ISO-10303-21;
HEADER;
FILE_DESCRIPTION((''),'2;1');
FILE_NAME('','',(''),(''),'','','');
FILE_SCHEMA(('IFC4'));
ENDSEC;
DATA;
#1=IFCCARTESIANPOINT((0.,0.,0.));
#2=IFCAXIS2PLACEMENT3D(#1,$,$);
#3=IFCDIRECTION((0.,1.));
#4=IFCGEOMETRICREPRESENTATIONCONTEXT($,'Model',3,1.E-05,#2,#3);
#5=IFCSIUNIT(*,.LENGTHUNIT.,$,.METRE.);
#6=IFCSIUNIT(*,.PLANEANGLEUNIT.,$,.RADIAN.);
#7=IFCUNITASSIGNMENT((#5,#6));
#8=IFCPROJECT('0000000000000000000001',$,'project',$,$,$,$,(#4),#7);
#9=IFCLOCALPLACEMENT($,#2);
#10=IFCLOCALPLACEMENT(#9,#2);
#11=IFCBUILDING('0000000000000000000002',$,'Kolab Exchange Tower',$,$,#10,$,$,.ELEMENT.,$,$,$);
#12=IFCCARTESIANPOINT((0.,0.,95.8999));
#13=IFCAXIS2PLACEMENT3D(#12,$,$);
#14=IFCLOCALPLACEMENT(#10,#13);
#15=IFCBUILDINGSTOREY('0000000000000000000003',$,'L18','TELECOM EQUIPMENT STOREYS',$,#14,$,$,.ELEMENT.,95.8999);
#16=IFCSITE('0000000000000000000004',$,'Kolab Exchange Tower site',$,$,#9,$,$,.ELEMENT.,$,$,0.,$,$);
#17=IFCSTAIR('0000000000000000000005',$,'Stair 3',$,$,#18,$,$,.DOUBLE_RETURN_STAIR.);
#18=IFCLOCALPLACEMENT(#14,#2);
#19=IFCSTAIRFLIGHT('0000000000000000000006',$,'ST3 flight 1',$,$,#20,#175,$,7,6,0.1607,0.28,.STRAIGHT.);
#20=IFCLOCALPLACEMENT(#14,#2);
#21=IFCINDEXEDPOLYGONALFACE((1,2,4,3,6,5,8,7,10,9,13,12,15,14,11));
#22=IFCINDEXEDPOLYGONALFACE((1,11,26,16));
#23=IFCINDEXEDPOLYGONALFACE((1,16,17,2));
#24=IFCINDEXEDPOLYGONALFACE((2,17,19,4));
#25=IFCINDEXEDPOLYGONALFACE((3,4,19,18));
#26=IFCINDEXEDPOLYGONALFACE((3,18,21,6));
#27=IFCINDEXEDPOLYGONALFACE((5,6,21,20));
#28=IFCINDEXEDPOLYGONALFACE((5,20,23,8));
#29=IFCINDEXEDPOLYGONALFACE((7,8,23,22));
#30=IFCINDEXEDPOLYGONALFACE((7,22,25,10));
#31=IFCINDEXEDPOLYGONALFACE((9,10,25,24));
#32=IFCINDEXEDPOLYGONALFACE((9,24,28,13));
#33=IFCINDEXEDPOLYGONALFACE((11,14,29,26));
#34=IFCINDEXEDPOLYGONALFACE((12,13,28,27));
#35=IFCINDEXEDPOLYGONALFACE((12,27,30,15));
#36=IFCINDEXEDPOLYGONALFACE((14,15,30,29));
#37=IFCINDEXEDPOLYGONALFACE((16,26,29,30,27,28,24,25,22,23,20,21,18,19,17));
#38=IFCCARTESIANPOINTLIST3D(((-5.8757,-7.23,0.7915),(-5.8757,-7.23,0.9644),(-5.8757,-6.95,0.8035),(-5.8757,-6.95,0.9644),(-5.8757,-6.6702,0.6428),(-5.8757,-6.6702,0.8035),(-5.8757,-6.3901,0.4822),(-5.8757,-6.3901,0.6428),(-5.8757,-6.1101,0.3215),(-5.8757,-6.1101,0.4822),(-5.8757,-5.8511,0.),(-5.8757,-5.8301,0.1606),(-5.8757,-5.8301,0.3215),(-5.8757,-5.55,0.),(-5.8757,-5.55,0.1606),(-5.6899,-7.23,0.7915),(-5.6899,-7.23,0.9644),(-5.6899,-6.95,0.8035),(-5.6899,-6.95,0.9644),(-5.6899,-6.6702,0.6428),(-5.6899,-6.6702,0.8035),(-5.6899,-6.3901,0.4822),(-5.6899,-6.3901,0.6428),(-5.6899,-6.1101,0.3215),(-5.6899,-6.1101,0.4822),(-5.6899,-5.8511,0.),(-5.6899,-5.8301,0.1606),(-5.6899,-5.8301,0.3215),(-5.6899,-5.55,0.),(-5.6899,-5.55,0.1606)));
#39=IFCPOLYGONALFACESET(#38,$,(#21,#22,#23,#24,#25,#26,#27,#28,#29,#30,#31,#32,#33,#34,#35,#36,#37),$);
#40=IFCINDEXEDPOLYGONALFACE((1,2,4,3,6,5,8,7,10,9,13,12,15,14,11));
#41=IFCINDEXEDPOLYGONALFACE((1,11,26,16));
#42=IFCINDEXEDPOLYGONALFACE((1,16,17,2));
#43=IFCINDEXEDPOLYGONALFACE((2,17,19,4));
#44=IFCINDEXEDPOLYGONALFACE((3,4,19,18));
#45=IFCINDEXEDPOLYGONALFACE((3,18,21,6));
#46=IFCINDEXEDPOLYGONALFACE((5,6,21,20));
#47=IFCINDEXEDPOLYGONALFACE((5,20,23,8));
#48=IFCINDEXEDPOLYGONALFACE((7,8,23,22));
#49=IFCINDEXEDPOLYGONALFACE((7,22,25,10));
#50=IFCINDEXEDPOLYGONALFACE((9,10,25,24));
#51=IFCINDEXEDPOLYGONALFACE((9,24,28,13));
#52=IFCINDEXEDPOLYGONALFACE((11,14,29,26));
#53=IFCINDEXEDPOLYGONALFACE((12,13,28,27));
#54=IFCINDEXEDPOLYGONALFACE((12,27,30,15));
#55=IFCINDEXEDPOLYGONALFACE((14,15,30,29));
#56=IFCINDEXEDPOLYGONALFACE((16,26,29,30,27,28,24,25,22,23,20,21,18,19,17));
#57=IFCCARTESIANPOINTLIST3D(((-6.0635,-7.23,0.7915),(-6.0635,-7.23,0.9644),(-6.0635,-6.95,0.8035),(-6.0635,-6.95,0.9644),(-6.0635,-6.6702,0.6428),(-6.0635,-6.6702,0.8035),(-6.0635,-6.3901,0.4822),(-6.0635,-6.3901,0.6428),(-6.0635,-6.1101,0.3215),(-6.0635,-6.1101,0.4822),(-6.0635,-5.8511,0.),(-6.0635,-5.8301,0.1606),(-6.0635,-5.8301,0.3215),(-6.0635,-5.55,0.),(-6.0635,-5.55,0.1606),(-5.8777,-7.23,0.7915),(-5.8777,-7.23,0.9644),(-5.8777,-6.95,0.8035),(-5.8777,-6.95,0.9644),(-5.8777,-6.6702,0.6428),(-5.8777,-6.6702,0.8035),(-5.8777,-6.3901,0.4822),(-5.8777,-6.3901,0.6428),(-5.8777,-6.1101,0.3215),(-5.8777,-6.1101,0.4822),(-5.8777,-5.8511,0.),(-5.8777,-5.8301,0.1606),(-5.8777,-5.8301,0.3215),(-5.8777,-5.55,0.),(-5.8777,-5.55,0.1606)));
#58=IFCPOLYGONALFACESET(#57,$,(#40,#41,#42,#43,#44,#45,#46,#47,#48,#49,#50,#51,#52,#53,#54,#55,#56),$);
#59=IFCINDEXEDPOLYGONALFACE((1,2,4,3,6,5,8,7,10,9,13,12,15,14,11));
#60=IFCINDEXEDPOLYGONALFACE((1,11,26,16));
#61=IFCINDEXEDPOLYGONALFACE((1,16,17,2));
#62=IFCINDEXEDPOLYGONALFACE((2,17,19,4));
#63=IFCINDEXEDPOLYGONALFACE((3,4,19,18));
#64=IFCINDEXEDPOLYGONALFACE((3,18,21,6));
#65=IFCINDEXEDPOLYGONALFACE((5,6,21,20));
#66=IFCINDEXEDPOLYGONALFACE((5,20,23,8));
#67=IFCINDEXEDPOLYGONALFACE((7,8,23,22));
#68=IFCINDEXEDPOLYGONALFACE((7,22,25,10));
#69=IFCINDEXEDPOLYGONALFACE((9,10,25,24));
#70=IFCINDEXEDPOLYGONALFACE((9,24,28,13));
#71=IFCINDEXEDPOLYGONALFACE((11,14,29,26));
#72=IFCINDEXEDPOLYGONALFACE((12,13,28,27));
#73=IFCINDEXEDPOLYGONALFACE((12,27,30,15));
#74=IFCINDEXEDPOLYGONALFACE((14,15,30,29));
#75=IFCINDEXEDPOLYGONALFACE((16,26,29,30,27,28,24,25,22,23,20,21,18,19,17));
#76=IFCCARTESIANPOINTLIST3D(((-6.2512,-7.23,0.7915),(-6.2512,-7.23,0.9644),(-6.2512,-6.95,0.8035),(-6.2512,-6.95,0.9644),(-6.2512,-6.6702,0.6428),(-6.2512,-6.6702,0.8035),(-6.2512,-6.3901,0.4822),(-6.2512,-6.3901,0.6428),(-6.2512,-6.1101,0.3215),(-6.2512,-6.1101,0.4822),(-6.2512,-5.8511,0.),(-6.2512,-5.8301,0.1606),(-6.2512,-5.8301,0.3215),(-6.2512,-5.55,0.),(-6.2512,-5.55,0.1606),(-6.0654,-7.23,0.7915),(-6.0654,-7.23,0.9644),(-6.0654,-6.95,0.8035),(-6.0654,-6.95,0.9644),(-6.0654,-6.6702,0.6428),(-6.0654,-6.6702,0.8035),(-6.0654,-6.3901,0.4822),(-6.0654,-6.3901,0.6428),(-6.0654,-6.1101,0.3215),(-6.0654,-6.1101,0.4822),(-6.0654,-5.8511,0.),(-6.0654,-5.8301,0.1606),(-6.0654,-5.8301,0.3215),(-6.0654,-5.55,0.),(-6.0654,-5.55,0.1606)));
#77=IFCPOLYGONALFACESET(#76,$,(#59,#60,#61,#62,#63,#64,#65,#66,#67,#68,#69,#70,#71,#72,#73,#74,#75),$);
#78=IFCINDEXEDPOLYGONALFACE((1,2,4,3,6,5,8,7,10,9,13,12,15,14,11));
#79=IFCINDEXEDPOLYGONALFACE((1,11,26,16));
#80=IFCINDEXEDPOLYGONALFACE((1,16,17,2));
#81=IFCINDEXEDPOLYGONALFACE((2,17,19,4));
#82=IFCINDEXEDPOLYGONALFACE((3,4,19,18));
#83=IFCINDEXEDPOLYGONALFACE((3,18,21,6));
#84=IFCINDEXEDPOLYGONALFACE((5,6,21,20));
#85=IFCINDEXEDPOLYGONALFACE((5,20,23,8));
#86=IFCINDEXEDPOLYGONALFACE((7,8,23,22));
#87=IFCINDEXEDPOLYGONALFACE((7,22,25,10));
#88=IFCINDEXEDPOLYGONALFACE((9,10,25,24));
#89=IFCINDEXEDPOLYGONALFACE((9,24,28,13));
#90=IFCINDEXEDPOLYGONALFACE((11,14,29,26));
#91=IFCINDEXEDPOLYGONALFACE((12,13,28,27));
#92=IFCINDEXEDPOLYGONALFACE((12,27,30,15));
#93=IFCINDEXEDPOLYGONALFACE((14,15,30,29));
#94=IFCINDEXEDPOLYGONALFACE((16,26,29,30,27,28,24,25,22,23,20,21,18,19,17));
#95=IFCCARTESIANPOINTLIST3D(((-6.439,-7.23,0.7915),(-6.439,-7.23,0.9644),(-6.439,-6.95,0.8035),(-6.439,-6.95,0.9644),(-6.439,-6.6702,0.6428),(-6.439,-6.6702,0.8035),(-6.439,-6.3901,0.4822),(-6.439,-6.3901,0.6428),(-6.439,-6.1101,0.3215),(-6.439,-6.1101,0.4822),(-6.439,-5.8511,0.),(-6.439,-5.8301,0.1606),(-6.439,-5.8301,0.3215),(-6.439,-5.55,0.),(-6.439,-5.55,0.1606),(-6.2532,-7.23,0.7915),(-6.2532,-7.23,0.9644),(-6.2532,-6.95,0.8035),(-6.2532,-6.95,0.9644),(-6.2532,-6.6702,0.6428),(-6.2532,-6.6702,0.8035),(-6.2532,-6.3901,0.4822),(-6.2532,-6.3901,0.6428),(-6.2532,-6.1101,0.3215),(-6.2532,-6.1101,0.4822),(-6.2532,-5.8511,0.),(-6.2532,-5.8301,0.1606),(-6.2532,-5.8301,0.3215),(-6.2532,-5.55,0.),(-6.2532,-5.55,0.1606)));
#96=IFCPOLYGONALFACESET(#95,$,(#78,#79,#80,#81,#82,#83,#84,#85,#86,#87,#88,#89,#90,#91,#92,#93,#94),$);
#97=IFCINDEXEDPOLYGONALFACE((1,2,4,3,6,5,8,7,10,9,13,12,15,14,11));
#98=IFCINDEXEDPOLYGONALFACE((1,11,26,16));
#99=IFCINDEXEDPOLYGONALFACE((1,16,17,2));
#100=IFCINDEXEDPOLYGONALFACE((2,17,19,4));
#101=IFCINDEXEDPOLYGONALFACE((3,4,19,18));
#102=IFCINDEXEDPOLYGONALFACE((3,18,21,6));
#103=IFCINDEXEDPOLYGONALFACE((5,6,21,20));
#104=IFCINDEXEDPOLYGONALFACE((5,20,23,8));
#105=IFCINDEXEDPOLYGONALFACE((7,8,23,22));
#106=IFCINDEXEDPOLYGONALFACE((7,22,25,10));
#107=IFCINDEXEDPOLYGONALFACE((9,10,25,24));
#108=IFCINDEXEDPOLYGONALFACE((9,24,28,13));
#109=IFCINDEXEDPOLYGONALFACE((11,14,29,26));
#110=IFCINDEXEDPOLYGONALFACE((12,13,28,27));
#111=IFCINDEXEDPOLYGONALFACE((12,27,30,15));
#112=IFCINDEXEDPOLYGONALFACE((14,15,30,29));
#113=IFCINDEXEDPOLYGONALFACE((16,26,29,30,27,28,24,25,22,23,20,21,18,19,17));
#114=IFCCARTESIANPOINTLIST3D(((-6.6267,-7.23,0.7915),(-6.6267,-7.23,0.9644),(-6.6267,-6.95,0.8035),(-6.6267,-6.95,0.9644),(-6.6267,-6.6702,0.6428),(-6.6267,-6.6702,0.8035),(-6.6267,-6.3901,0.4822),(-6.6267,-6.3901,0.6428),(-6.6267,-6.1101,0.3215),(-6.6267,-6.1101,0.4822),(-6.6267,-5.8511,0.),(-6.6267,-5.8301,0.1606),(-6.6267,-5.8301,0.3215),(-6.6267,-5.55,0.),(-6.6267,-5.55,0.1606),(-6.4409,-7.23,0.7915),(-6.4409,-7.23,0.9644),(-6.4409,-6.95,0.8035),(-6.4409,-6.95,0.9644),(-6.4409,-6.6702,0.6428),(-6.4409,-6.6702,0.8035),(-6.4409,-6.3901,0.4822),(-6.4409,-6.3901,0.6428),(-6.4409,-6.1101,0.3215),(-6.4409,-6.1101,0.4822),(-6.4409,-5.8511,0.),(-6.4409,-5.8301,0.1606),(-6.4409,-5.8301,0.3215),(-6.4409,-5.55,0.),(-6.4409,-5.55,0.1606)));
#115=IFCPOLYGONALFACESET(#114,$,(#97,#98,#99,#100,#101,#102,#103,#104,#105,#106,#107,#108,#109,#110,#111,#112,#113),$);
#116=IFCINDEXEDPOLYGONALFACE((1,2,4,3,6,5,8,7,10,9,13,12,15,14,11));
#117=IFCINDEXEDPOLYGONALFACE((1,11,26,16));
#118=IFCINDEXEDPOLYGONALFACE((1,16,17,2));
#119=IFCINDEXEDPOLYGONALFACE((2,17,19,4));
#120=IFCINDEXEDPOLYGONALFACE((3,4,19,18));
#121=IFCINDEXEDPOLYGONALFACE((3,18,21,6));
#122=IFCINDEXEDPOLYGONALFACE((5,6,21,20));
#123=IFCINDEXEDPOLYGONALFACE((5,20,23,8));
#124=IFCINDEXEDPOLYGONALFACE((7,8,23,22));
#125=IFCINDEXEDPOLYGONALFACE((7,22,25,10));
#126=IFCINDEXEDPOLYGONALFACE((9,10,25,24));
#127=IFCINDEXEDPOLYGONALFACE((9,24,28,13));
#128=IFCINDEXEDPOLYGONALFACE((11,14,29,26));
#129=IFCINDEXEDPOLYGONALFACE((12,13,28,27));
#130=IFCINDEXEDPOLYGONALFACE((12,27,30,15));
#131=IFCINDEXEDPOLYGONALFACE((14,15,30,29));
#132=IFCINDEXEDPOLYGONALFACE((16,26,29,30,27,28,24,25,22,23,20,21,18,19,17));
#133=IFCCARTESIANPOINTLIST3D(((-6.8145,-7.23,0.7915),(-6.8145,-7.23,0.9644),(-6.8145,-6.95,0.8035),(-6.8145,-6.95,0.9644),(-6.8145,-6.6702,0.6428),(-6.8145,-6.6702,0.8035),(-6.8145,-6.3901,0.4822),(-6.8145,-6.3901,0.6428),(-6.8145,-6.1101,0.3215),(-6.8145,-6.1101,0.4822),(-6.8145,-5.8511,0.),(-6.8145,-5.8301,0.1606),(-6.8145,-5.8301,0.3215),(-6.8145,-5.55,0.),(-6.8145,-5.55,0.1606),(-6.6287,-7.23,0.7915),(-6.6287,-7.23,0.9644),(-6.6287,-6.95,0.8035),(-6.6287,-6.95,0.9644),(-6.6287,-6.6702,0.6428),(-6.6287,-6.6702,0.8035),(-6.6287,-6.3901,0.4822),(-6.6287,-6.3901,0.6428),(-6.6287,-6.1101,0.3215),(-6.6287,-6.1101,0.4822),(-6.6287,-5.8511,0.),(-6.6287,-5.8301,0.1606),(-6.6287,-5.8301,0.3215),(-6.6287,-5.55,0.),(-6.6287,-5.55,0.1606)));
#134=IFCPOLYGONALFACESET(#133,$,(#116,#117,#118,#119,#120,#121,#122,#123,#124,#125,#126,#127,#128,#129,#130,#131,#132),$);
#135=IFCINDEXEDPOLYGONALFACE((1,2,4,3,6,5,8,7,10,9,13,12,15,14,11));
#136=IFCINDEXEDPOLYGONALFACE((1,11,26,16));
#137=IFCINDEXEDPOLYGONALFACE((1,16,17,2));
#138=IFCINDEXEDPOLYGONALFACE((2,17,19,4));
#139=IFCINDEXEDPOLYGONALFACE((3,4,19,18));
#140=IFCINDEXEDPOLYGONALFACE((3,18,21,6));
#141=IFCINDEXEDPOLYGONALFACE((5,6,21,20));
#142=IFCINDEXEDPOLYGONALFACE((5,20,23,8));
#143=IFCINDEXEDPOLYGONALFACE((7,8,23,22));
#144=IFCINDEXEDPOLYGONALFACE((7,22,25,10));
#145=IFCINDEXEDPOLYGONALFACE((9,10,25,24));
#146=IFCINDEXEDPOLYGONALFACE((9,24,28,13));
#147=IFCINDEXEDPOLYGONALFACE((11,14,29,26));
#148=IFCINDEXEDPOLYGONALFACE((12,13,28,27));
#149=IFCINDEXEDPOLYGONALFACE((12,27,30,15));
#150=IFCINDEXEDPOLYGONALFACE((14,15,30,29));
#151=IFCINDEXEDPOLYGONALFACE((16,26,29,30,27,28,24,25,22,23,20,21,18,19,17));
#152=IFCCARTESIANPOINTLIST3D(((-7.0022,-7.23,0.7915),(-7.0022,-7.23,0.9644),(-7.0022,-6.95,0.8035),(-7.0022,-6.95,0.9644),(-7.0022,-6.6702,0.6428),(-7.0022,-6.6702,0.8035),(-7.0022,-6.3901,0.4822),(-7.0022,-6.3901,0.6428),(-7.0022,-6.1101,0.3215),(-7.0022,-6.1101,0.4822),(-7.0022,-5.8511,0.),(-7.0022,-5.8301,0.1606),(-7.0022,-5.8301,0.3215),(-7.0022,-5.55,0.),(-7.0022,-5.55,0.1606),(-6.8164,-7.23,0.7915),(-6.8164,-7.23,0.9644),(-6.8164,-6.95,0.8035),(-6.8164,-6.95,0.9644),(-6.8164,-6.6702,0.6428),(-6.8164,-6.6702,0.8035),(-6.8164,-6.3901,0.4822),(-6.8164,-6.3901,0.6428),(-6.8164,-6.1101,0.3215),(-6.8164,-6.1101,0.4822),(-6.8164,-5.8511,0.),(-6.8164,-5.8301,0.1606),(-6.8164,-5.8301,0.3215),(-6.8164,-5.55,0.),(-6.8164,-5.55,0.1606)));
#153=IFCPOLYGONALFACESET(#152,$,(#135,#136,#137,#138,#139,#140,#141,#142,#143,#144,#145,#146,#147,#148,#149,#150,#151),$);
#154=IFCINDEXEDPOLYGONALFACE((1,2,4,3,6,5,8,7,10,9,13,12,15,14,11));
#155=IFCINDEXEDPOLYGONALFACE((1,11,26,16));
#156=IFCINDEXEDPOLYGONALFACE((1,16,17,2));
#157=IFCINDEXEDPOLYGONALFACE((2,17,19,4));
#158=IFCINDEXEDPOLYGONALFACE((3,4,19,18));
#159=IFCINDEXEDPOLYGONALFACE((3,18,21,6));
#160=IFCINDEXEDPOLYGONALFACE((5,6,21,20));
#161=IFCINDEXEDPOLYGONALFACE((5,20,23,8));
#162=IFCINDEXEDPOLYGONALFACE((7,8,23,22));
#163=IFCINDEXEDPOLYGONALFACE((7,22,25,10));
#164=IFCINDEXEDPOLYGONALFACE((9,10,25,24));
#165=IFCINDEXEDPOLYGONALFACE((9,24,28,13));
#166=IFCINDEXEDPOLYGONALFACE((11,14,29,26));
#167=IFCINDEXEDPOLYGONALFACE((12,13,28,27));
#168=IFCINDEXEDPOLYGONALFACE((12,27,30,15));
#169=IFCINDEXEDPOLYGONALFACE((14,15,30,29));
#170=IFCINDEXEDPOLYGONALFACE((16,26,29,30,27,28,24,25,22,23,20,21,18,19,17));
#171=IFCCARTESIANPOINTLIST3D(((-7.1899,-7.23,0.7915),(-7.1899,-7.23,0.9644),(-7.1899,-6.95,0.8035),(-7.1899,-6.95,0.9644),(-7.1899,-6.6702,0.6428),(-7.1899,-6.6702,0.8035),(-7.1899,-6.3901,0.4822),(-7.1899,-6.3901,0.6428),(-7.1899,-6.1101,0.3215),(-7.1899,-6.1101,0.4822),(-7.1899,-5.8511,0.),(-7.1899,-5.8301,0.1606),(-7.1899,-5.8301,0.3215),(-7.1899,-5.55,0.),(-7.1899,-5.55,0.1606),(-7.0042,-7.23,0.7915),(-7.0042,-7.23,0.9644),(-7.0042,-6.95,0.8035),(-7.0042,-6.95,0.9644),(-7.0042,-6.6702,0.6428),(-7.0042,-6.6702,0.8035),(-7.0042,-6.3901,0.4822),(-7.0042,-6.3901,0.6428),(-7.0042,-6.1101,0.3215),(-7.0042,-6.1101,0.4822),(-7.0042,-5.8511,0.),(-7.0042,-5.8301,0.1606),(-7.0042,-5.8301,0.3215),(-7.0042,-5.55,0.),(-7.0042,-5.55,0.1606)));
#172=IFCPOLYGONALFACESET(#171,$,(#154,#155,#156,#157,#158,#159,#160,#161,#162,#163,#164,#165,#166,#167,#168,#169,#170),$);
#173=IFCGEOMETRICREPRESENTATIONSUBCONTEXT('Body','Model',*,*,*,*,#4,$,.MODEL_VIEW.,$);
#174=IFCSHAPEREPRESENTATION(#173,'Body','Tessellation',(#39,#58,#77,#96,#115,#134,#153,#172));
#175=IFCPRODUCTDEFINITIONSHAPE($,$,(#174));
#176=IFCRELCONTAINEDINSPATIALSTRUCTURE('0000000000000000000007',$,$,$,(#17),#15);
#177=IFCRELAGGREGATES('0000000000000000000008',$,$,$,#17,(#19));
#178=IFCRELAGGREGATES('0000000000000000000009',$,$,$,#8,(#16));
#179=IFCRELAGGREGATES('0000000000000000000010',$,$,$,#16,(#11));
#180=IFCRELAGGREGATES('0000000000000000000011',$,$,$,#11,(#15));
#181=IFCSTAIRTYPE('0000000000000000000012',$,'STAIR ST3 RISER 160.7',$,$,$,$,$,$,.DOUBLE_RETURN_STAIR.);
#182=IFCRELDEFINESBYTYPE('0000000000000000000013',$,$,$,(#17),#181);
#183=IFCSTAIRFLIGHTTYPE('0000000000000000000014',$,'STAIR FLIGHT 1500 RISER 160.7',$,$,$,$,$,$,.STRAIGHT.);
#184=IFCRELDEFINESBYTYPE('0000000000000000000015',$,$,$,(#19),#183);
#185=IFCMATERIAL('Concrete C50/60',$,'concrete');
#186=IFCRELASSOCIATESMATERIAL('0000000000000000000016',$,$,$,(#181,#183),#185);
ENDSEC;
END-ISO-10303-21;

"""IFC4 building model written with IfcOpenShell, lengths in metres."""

from ifc_helpers import new_model, si_unit, direction, frame, origin, place, context, subcontext, project, spatial, polyline, outline, extrude, material, type_object, element, aggregate, save


model = new_model("IFC4")

# Units and contexts
model_context = context("Model", 3, precision=1e-05, world=origin(), true_north=direction((0.0, 1.0)))
body_context = subcontext(model_context, "Body", "Model", "MODEL_VIEW")
ifc_project = project(units=[si_unit("LENGTHUNIT", "METRE"), si_unit("PLANEANGLEUNIT", "RADIAN")], contexts=[model_context])

# Site, building, storey
site_placement = place(None, origin())
site = spatial("IfcSite", under=ifc_project, at=site_placement, Name="Kolab Exchange Tower site", CompositionType="ELEMENT", RefElevation=0.0)
building_placement = place(site_placement, origin())
building = spatial("IfcBuilding", under=site, at=building_placement, Name="Kolab Exchange Tower", CompositionType="ELEMENT")
storey_placement = place(building_placement, frame((0.0, 0.0, 95.8999)))
storey = spatial("IfcBuildingStorey", under=building, at=storey_placement, Name="L18", Description="TELECOM EQUIPMENT STOREYS", CompositionType="ELEMENT", Elevation=95.8999)

# Shared definitions
ifc_material_1 = material(Name="Concrete C50/60", Category="concrete")

# Stair, stair flight
stair_type = type_object("IfcStairType", Name="STAIR ST3 RISER 160.7", PredefinedType="DOUBLE_RETURN_STAIR", material=ifc_material_1)
stair_placement = place(storey_placement, origin())
stair = element("IfcStair", 1, at=stair_placement, inside=storey, type_object=stair_type, Name="Stair 3", PredefinedType="DOUBLE_RETURN_STAIR")
stair_flight_type = type_object("IfcStairFlightType", Name="STAIR FLIGHT 1500 RISER 160.7", PredefinedType="STRAIGHT", material=ifc_material_1)
stair_flight_1_placement = place(storey_placement, frame((-6.4399, -5.55, 0.0), z_axis=(0.0, 0.0, 1.0), x_axis=(0.0, -1.0, 0.0)))
stair_flight_1 = element("IfcStairFlight", 2, at=stair_flight_1_placement, type_object=stair_flight_type, Name="ST3 flight 1", NumberOfRisers=7, NumberOfTreads=6, PredefinedType="STRAIGHT", RiserHeight=0.1607, TreadLength=0.28, context=body_context, shape_type="SweptSolid", body=[
    extrude(outline(polyline([(0.0, 0.0), (0.0, 0.1606), (0.28, 0.1606), (0.28, 0.3215), (0.5601, 0.3215), (0.5601, 0.4822), (0.8401, 0.4822), (0.8401, 0.6428), (1.1201, 0.6428), (1.1201, 0.8035), (1.3999, 0.8035), (1.3999, 0.9644), (1.6799, 0.9644), (1.6799, 1.125), (1.6799, 0.7915), (0.301, 0.0), (0.0, 0.0)])), frame((0.0, 0.75, 0.0), z_axis=(0.0, -1.0, 0.0), x_axis=(1.0, 0.0, 0.0)), (0.0, 0.0, 1.0), 0.1858),
    extrude(outline(polyline([(0.0, 0.0), (0.0, 0.1606), (0.28, 0.1606), (0.28, 0.3215), (0.5601, 0.3215), (0.5601, 0.4822), (0.8401, 0.4822), (0.8401, 0.6428), (1.1201, 0.6428), (1.1201, 0.8035), (1.3999, 0.8035), (1.3999, 0.9644), (1.6799, 0.9644), (1.6799, 1.125), (1.6799, 0.7915), (0.301, 0.0), (0.0, 0.0)])), frame((0.0, 0.5623, 0.0), z_axis=(0.0, -1.0, 0.0), x_axis=(1.0, 0.0, 0.0)), (0.0, 0.0, 1.0), 0.1858),
    extrude(outline(polyline([(0.0, 0.0), (0.0, 0.1606), (0.28, 0.1606), (0.28, 0.3215), (0.5601, 0.3215), (0.5601, 0.4822), (0.8401, 0.4822), (0.8401, 0.6428), (1.1201, 0.6428), (1.1201, 0.8035), (1.3999, 0.8035), (1.3999, 0.9644), (1.6799, 0.9644), (1.6799, 1.125), (1.6799, 0.7915), (0.301, 0.0), (0.0, 0.0)])), frame((0.0, 0.3745, 0.0), z_axis=(0.0, -1.0, 0.0), x_axis=(1.0, 0.0, 0.0)), (0.0, 0.0, 1.0), 0.1858),
    extrude(outline(polyline([(0.0, 0.0), (0.0, 0.1606), (0.28, 0.1606), (0.28, 0.3215), (0.5601, 0.3215), (0.5601, 0.4822), (0.8401, 0.4822), (0.8401, 0.6428), (1.1201, 0.6428), (1.1201, 0.8035), (1.3999, 0.8035), (1.3999, 0.9644), (1.6799, 0.9644), (1.6799, 1.125), (1.6799, 0.7915), (0.301, 0.0), (0.0, 0.0)])), frame((0.0, 0.1868, 0.0), z_axis=(0.0, -1.0, 0.0), x_axis=(1.0, 0.0, 0.0)), (0.0, 0.0, 1.0), 0.1858),
    extrude(outline(polyline([(0.0, 0.0), (0.0, 0.1606), (0.28, 0.1606), (0.28, 0.3215), (0.5601, 0.3215), (0.5601, 0.4822), (0.8401, 0.4822), (0.8401, 0.6428), (1.1201, 0.6428), (1.1201, 0.8035), (1.3999, 0.8035), (1.3999, 0.9644), (1.6799, 0.9644), (1.6799, 1.125), (1.6799, 0.7915), (0.301, 0.0), (0.0, 0.0)])), frame((0.0, -0.001, 0.0), z_axis=(0.0, -1.0, 0.0), x_axis=(1.0, 0.0, 0.0)), (0.0, 0.0, 1.0), 0.1858),
    extrude(outline(polyline([(0.0, 0.0), (0.0, 0.1606), (0.28, 0.1606), (0.28, 0.3215), (0.5601, 0.3215), (0.5601, 0.4822), (0.8401, 0.4822), (0.8401, 0.6428), (1.1201, 0.6428), (1.1201, 0.8035), (1.3999, 0.8035), (1.3999, 0.9644), (1.6799, 0.9644), (1.6799, 1.125), (1.6799, 0.7915), (0.301, 0.0), (0.0, 0.0)])), frame((0.0, -0.1887, 0.0), z_axis=(0.0, -1.0, 0.0), x_axis=(1.0, 0.0, 0.0)), (0.0, 0.0, 1.0), 0.1858),
    extrude(outline(polyline([(0.0, 0.0), (0.0, 0.1606), (0.28, 0.1606), (0.28, 0.3215), (0.5601, 0.3215), (0.5601, 0.4822), (0.8401, 0.4822), (0.8401, 0.6428), (1.1201, 0.6428), (1.1201, 0.8035), (1.3999, 0.8035), (1.3999, 0.9644), (1.6799, 0.9644), (1.6799, 1.125), (1.6799, 0.7915), (0.301, 0.0), (0.0, 0.0)])), frame((0.0, -0.3765, 0.0), z_axis=(0.0, -1.0, 0.0), x_axis=(1.0, 0.0, 0.0)), (0.0, 0.0, 1.0), 0.1858),
    extrude(outline(polyline([(0.0, 0.0), (0.0, 0.1606), (0.28, 0.1606), (0.28, 0.3215), (0.5601, 0.3215), (0.5601, 0.4822), (0.8401, 0.4822), (0.8401, 0.6428), (1.1201, 0.6428), (1.1201, 0.8035), (1.3999, 0.8035), (1.3999, 0.9644), (1.6799, 0.9644), (1.6799, 1.125), (1.6799, 0.7915), (0.301, 0.0), (0.0, 0.0)])), frame((0.0, -0.5642, 0.0), z_axis=(0.0, -1.0, 0.0), x_axis=(1.0, 0.0, 0.0)), (0.0, 0.0, 1.0), 0.1858),
])
aggregate(stair, [stair_flight_1])

save(model, "model.ifc")
